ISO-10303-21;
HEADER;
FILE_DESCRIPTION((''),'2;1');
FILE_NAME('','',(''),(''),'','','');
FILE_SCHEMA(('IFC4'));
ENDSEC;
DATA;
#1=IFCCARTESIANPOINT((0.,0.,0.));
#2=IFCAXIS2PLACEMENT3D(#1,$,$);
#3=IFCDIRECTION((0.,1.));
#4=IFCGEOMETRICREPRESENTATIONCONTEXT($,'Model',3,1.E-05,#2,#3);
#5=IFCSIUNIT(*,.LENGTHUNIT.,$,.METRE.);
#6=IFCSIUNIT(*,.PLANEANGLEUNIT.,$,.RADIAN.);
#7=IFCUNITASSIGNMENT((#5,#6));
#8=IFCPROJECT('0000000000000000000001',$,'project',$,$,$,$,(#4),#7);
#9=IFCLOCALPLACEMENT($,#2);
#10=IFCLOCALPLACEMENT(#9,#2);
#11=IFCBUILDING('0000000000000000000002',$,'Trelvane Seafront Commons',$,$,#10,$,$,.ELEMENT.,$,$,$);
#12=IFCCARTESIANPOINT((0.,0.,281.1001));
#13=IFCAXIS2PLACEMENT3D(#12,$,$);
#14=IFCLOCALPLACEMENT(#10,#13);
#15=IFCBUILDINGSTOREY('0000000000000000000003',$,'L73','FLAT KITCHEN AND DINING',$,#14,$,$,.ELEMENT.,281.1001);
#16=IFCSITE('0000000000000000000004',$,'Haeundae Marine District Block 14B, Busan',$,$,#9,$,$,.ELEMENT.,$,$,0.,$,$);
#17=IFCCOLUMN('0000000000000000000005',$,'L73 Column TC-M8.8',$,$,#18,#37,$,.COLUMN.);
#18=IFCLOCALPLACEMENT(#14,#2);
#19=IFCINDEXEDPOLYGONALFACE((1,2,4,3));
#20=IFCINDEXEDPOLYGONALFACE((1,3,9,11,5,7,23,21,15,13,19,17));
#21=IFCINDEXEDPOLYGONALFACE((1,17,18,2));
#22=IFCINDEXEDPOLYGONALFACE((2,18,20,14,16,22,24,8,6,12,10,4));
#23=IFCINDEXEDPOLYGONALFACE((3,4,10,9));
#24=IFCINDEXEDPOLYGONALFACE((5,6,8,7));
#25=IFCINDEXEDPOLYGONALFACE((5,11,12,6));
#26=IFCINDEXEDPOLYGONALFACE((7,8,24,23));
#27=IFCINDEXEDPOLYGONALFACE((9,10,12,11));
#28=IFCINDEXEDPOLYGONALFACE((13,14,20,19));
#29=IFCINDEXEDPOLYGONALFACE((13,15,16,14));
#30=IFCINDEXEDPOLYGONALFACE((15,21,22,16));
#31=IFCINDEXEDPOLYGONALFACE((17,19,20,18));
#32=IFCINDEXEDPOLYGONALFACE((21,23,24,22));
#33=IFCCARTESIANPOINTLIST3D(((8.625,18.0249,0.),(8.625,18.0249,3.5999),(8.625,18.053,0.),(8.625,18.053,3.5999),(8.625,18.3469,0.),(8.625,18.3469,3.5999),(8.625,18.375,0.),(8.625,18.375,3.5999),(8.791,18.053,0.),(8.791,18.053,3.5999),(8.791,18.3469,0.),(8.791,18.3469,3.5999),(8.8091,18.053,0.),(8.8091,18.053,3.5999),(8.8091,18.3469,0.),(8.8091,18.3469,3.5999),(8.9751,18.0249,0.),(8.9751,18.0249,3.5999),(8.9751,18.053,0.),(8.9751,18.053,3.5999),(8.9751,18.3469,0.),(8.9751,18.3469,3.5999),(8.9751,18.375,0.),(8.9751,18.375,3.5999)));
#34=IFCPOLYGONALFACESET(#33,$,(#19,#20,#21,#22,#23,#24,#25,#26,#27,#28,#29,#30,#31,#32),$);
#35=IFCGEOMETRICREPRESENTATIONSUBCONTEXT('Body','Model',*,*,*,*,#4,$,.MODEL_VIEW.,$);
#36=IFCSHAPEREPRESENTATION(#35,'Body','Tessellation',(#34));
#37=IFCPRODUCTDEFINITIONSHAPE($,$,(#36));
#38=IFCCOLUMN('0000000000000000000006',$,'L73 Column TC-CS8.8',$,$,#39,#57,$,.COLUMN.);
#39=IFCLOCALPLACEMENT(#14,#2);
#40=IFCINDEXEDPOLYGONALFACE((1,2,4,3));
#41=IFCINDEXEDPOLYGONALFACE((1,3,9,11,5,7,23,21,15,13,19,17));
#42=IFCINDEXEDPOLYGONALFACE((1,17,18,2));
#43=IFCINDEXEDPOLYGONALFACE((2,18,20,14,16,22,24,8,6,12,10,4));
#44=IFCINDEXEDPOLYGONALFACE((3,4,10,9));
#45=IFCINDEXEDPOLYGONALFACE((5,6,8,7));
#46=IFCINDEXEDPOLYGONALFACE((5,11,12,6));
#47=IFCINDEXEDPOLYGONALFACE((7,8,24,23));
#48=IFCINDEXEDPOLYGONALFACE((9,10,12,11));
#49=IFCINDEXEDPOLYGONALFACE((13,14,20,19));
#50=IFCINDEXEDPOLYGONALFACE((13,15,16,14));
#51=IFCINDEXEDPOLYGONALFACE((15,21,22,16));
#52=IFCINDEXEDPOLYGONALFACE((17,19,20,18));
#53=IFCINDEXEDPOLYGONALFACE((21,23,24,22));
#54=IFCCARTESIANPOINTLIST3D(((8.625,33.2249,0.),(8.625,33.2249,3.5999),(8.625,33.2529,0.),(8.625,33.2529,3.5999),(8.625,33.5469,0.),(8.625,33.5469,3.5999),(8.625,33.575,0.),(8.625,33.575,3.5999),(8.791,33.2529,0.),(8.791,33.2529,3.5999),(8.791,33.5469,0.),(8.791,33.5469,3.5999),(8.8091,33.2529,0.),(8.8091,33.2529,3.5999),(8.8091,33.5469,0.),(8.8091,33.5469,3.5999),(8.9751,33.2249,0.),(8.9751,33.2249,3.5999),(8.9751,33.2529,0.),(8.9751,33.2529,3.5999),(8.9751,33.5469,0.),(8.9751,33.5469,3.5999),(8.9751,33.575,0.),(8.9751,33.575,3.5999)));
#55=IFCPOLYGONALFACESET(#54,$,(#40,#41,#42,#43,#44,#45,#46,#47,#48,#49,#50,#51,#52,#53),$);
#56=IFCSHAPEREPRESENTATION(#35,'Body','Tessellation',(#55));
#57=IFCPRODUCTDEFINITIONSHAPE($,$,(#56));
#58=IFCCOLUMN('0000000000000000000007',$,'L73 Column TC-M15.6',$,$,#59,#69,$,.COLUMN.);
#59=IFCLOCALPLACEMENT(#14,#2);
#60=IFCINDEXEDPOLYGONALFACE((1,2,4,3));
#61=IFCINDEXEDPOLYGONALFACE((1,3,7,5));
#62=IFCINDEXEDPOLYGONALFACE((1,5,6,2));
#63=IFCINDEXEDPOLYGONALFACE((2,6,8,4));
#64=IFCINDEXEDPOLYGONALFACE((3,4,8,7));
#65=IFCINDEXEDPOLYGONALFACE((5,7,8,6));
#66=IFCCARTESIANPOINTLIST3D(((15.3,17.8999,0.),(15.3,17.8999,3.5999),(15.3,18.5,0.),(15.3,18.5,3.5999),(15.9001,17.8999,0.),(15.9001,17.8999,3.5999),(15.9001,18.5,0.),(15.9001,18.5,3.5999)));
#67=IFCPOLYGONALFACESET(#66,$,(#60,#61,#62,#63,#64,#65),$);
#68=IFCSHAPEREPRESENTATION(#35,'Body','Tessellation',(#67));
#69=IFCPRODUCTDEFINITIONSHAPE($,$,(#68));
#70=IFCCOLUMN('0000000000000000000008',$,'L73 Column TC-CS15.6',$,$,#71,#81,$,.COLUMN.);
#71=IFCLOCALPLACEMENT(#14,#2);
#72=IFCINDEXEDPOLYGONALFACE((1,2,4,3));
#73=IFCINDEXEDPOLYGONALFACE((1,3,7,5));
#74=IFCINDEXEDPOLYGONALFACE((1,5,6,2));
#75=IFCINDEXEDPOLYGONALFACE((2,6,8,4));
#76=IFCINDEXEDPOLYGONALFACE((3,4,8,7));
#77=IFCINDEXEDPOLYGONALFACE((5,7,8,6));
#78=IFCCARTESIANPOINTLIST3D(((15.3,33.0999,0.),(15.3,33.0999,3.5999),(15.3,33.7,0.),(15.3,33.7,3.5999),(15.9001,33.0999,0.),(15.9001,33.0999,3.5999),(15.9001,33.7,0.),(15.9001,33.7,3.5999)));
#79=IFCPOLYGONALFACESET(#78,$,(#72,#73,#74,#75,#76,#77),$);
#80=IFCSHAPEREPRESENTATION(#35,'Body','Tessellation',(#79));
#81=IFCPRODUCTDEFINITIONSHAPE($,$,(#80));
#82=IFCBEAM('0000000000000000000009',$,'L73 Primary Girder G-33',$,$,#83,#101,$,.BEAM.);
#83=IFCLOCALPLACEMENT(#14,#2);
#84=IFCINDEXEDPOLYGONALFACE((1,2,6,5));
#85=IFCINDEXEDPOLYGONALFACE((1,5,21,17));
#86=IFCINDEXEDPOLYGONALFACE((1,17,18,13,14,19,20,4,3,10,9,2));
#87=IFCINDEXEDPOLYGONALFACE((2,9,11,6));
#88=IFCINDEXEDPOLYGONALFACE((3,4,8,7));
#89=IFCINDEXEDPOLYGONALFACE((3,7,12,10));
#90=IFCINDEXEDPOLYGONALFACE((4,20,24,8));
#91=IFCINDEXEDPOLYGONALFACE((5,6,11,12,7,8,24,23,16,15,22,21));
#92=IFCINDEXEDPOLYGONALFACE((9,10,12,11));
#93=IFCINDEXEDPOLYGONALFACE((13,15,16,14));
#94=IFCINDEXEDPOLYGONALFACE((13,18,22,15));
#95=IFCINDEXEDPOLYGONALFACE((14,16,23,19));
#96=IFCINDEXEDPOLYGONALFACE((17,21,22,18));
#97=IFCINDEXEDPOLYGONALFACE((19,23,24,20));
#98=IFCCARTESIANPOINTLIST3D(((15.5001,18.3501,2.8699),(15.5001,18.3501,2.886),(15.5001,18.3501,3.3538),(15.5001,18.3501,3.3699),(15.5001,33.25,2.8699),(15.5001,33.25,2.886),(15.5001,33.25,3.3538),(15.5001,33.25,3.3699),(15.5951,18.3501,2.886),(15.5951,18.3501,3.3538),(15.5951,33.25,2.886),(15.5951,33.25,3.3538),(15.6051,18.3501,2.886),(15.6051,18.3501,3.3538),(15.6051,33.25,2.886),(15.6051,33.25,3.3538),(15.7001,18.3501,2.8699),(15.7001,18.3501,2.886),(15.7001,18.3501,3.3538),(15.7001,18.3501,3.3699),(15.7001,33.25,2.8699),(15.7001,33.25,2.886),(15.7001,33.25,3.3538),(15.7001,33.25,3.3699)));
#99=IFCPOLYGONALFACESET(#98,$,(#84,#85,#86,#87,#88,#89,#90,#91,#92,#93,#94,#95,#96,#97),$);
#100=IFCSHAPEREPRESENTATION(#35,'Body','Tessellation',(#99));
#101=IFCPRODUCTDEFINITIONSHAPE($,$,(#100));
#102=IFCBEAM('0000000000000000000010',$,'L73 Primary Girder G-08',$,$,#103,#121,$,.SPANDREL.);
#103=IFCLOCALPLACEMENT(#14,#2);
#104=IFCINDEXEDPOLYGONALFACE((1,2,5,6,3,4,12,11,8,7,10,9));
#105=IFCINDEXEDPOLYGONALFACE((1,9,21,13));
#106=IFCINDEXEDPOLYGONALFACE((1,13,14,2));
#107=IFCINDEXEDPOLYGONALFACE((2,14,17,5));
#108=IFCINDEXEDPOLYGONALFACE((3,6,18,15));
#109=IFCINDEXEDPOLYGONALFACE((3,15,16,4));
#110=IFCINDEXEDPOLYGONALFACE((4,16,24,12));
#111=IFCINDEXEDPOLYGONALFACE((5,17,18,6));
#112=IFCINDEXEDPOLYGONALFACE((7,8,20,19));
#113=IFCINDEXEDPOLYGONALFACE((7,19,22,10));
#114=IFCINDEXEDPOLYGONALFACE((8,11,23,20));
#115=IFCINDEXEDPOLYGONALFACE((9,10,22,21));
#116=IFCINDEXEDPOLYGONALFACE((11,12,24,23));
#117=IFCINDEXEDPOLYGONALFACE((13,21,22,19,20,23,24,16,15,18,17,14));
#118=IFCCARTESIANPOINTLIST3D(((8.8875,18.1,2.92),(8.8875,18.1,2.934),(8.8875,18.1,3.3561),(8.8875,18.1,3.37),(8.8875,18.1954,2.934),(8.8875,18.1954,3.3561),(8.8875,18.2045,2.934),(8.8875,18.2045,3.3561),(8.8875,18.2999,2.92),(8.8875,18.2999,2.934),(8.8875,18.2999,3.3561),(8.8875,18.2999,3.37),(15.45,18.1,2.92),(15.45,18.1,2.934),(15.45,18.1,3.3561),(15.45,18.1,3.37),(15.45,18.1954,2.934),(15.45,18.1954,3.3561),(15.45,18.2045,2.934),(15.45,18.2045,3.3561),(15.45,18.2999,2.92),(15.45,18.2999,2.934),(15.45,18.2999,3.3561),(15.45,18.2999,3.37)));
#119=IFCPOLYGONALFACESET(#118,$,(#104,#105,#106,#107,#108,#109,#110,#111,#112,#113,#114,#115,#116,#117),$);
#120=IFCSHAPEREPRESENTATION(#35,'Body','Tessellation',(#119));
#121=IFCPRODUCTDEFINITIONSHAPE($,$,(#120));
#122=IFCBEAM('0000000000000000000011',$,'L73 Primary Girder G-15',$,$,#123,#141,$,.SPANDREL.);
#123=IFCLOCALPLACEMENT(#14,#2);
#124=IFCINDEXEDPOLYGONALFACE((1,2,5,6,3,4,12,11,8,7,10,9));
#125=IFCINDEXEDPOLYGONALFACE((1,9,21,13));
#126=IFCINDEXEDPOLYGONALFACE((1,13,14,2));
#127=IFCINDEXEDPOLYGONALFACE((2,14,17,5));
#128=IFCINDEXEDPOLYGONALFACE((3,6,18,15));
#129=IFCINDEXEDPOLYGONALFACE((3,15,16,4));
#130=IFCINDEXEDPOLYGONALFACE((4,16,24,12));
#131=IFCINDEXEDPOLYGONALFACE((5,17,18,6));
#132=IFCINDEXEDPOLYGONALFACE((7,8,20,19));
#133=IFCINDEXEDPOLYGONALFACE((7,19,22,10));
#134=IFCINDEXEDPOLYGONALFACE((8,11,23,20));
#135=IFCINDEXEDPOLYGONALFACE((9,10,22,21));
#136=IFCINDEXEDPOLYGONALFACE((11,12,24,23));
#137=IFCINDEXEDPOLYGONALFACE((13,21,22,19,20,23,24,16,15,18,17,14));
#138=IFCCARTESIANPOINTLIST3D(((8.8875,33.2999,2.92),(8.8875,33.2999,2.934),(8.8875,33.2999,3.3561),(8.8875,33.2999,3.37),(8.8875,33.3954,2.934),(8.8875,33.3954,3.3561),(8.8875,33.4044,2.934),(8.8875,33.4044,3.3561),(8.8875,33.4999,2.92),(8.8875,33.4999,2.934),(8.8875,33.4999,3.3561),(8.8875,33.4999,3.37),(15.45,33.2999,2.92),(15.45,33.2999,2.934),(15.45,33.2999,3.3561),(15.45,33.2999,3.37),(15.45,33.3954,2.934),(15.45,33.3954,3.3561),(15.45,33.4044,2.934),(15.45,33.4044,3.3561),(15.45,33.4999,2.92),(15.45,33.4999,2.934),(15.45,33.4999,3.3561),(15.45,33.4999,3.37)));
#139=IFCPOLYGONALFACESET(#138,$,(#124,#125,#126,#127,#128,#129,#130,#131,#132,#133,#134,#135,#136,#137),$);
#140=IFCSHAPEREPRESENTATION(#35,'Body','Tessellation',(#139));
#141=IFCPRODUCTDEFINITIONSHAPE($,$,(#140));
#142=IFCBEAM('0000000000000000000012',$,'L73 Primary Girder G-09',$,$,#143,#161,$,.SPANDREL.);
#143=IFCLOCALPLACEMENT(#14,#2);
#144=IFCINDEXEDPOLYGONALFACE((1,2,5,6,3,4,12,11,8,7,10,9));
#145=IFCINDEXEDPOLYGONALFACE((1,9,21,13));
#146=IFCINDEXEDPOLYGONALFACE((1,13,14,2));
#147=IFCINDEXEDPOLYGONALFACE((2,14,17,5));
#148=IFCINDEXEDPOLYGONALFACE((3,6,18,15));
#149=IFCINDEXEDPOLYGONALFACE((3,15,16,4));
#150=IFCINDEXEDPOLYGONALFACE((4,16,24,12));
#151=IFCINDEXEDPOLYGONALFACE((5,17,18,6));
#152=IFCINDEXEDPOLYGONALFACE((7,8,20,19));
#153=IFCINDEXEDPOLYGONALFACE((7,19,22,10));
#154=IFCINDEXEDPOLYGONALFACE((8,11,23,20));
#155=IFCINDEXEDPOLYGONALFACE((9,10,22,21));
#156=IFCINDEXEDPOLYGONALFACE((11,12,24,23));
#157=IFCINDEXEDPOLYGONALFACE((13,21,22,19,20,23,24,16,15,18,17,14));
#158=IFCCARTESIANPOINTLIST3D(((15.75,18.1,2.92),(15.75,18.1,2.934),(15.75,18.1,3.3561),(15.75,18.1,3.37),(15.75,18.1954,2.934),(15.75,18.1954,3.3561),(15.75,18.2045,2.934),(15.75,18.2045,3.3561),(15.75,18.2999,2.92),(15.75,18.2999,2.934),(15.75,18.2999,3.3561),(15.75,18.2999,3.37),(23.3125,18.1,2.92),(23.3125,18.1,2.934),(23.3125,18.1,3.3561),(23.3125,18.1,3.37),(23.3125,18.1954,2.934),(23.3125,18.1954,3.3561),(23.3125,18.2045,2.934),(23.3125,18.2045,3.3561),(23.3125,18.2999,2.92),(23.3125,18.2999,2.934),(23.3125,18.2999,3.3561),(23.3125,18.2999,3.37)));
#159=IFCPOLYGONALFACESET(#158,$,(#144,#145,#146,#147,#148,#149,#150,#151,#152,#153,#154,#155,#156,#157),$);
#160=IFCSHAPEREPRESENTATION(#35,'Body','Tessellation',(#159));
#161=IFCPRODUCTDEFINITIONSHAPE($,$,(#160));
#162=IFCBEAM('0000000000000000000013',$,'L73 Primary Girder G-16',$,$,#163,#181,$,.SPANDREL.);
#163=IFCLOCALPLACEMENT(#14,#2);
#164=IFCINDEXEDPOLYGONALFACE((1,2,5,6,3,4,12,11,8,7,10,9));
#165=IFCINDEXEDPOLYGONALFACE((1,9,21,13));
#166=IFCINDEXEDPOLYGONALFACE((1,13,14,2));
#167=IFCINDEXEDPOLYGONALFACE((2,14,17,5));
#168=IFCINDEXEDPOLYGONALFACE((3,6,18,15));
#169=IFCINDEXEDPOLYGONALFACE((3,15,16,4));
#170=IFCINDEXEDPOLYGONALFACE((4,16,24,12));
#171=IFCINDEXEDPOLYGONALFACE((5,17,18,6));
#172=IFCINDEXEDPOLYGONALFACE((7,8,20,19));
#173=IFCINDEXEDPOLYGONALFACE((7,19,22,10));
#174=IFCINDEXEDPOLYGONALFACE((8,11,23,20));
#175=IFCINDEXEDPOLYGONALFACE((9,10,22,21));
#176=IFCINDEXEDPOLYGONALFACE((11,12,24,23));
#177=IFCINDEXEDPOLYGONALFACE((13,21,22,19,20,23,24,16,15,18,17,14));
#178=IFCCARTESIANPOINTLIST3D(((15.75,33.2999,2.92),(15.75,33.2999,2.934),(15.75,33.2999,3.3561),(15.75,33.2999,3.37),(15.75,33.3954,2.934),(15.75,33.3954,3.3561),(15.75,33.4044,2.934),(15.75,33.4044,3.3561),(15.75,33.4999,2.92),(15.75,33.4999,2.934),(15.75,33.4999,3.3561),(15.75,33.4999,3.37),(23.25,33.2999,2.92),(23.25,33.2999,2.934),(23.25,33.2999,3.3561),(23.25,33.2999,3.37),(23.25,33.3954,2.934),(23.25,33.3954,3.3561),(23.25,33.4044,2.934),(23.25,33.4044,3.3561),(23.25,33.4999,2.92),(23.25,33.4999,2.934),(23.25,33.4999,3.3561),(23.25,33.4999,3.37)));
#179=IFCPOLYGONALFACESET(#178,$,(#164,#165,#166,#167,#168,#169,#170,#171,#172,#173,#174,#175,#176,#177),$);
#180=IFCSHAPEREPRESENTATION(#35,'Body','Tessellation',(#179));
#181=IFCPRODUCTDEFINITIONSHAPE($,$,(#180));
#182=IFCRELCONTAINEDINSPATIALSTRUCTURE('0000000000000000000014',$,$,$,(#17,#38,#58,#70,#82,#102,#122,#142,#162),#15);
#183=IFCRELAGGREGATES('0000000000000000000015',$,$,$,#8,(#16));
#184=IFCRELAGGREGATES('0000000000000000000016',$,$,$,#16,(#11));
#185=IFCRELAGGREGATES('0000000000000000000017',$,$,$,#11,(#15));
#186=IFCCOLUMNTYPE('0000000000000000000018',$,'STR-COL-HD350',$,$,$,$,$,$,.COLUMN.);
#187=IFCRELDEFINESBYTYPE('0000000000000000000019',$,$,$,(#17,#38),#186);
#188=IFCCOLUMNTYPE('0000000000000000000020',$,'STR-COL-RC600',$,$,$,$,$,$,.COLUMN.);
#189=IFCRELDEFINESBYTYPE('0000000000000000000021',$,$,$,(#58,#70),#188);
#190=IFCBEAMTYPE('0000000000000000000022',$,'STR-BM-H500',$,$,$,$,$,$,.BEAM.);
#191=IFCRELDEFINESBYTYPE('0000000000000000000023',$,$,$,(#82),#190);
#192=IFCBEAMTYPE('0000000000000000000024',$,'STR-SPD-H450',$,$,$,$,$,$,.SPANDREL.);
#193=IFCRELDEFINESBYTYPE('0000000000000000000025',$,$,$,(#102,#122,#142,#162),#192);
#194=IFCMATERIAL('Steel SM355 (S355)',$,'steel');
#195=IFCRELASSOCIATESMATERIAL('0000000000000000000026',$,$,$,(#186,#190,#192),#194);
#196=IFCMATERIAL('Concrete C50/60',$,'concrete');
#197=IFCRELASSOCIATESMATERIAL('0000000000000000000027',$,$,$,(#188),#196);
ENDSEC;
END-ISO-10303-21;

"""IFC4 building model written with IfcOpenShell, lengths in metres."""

from ifc_helpers import new_model, si_unit, direction, frame, origin, origin_2d, place, context, subcontext, project, spatial, rectangle, i_section, extrude, source, transform, mapped, material, material_profile, profile_set, type_object, element, save


model = new_model("IFC4")

# Units and contexts
model_context = context("Model", 3, precision=1e-05, world=origin(), true_north=direction((0.0, 1.0)))
body_context = subcontext(model_context, "Body", "Model", "MODEL_VIEW")
ifc_project = project(units=[si_unit("LENGTHUNIT", "METRE"), si_unit("PLANEANGLEUNIT", "RADIAN")], contexts=[model_context])

# Site, building, storey
site_placement = place(None, origin())
site = spatial("IfcSite", under=ifc_project, at=site_placement, Name="Haeundae Marine District Block 14B, Busan", CompositionType="ELEMENT", RefElevation=0.0)
building_placement = place(site_placement, origin())
building = spatial("IfcBuilding", under=site, at=building_placement, Name="Trelvane Seafront Commons", CompositionType="ELEMENT")
storey_placement = place(building_placement, frame((0.0, 0.0, 281.1001)))
storey = spatial("IfcBuildingStorey", under=building, at=storey_placement, Name="L73", Description="FLAT KITCHEN AND DINING", CompositionType="ELEMENT", Elevation=281.1001)

# Columns
ifc_material_1 = material(Name="Steel SM355 (S355)", Category="steel")
ifc_material_profile_1 = material_profile(ifc_material_1, i_section(OverallWidth=0.3501, OverallDepth=0.3501, WebThickness=0.0181, FlangeThickness=0.0281, at=origin_2d()), Name="HD-350x350x18x28")
ifc_profile_set_1 = profile_set([ifc_material_profile_1], Name="Steel SM355 (S355)")
column_type_1 = type_object("IfcColumnType", Name="STR-COL-HD350", PredefinedType="COLUMN", material=ifc_profile_set_1)
shared_shape_1 = source(origin(), body_context, "Body", "SweptSolid", [
    extrude(i_section(OverallWidth=0.3501, OverallDepth=0.3501, WebThickness=0.0181, FlangeThickness=0.0281, at=origin_2d()), origin(), (0.0, 0.0, 1.0), 3.5999),
])
for number, where, z_axis, x_axis, name in (
    (1, (8.8, 18.2, 0.0), (0.0, 0.0, 1.0), (1.0, 0.0, 0.0), "L73 Column TC-M8.8"),
    (2, (8.8, 33.3999, 0.0), (0.0, 0.0, 1.0), (1.0, 0.0, 0.0), "L73 Column TC-CS8.8"),
):
    element("IfcColumn", number, at=place(storey_placement, frame(where, z_axis=z_axis, x_axis=x_axis)), inside=storey, type_object=column_type_1, Name=name, PredefinedType="COLUMN", context=body_context, shape_type="MappedRepresentation", body=[
        mapped(shared_shape_1, transform((0.0, 0.0, 0.0), x_axis=(1.0, 0.0, 0.0), y_axis=(0.0, 1.0, 0.0), z_axis=(0.0, 0.0, 1.0), scale=1.0)),
    ])
ifc_material_2 = material(Name="Concrete C50/60", Category="concrete")
ifc_material_profile_2 = material_profile(ifc_material_2, rectangle(XDim=0.6001, YDim=0.6001, at=origin_2d()), Name="RC-600x600")
ifc_profile_set_2 = profile_set([ifc_material_profile_2], Name="Concrete C50/60")
column_type_2 = type_object("IfcColumnType", Name="STR-COL-RC600", PredefinedType="COLUMN", material=ifc_profile_set_2)
shared_shape_2 = source(origin(), body_context, "Body", "SweptSolid", [
    extrude(rectangle(XDim=0.6001, YDim=0.6001, at=origin_2d()), origin(), (0.0, 0.0, 1.0), 3.5999),
])
for number, where, z_axis, x_axis, name in (
    (3, (15.6001, 18.2, 0.0), (0.0, 0.0, 1.0), (1.0, 0.0, 0.0), "L73 Column TC-M15.6"),
    (4, (15.6001, 33.3999, 0.0), (0.0, 0.0, 1.0), (1.0, 0.0, 0.0), "L73 Column TC-CS15.6"),
):
    element("IfcColumn", number, at=place(storey_placement, frame(where, z_axis=z_axis, x_axis=x_axis)), inside=storey, type_object=column_type_2, Name=name, PredefinedType="COLUMN", context=body_context, shape_type="MappedRepresentation", body=[
        mapped(shared_shape_2, transform((0.0, 0.0, 0.0), x_axis=(1.0, 0.0, 0.0), y_axis=(0.0, 1.0, 0.0), z_axis=(0.0, 0.0, 1.0), scale=1.0)),
    ])

# Beams
ifc_material_profile_3 = material_profile(ifc_material_1, i_section(OverallWidth=0.2, OverallDepth=0.5, WebThickness=0.01, FlangeThickness=0.0161, at=origin_2d()), Name="H-500x200x10x16")
ifc_profile_set_3 = profile_set([ifc_material_profile_3], Name="Steel SM355 (S355)")
beam_type_1 = type_object("IfcBeamType", Name="STR-BM-H500", PredefinedType="BEAM", material=ifc_profile_set_3)
shared_shape_3 = source(origin(), body_context, "Body", "SweptSolid", [
    extrude(i_section(OverallWidth=0.2, OverallDepth=0.5, WebThickness=0.01, FlangeThickness=0.0161, at=origin_2d()), origin(), (0.0, 0.0, 1.0), 14.8999),
])
beam_1_placement = place(storey_placement, frame((15.6001, 18.3501, 3.1199), z_axis=(0.0, 1.0, 0.0), x_axis=(-1.0, 0.0, 0.0)))
element("IfcBeam", 5, at=beam_1_placement, inside=storey, type_object=beam_type_1, Name="L73 Primary Girder G-33", PredefinedType="BEAM", context=body_context, shape_type="MappedRepresentation", body=[
    mapped(shared_shape_3, transform((0.0, 0.0, 0.0), x_axis=(1.0, 0.0, 0.0), y_axis=(0.0, 1.0, 0.0), z_axis=(0.0, 0.0, 1.0), scale=1.0)),
])
ifc_material_profile_4 = material_profile(ifc_material_1, i_section(OverallWidth=0.2, OverallDepth=0.45, WebThickness=0.009, FlangeThickness=0.0139, at=origin_2d()), Name="H-450x200x9x14")
ifc_profile_set_4 = profile_set([ifc_material_profile_4], Name="Steel SM355 (S355)")
beam_type_2 = type_object("IfcBeamType", Name="STR-SPD-H450", PredefinedType="SPANDREL", material=ifc_profile_set_4)
shared_shape_4 = source(origin(), body_context, "Body", "SweptSolid", [
    extrude(i_section(OverallWidth=0.2, OverallDepth=0.45, WebThickness=0.009, FlangeThickness=0.0139, at=origin_2d()), origin(), (0.0, 0.0, 1.0), 6.5625),
])
for number, where, z_axis, x_axis, name in (
    (6, (8.8875, 18.2, 3.145), (1.0, 0.0, 0.0), (0.0, 1.0, 0.0), "L73 Primary Girder G-08"),
    (7, (8.8875, 33.3999, 3.145), (1.0, 0.0, 0.0), (0.0, 1.0, 0.0), "L73 Primary Girder G-15"),
):
    element("IfcBeam", number, at=place(storey_placement, frame(where, z_axis=z_axis, x_axis=x_axis)), inside=storey, type_object=beam_type_2, Name=name, PredefinedType="SPANDREL", context=body_context, shape_type="MappedRepresentation", body=[
        mapped(shared_shape_4, transform((0.0, 0.0, 0.0), x_axis=(1.0, 0.0, 0.0), y_axis=(0.0, 1.0, 0.0), z_axis=(0.0, 0.0, 1.0), scale=1.0)),
    ])
shared_shape_5 = source(origin(), body_context, "Body", "SweptSolid", [
    extrude(i_section(OverallWidth=0.2, OverallDepth=0.45, WebThickness=0.009, FlangeThickness=0.0139, at=origin_2d()), origin(), (0.0, 0.0, 1.0), 7.5625),
])
beam_2_placement = place(storey_placement, frame((15.75, 18.2, 3.145), z_axis=(1.0, 0.0, 0.0), x_axis=(0.0, 1.0, 0.0)))
element("IfcBeam", 8, at=beam_2_placement, inside=storey, type_object=beam_type_2, Name="L73 Primary Girder G-09", PredefinedType="SPANDREL", context=body_context, shape_type="MappedRepresentation", body=[
    mapped(shared_shape_5, transform((0.0, 0.0, 0.0), x_axis=(1.0, 0.0, 0.0), y_axis=(0.0, 1.0, 0.0), z_axis=(0.0, 0.0, 1.0), scale=1.0)),
])
shared_shape_6 = source(origin(), body_context, "Body", "SweptSolid", [
    extrude(i_section(OverallWidth=0.2, OverallDepth=0.45, WebThickness=0.009, FlangeThickness=0.0139, at=origin_2d()), origin(), (0.0, 0.0, 1.0), 7.5),
])
beam_3_placement = place(storey_placement, frame((15.75, 33.3999, 3.145), z_axis=(1.0, 0.0, 0.0), x_axis=(0.0, 1.0, 0.0)))
element("IfcBeam", 9, at=beam_3_placement, inside=storey, type_object=beam_type_2, Name="L73 Primary Girder G-16", PredefinedType="SPANDREL", context=body_context, shape_type="MappedRepresentation", body=[
    mapped(shared_shape_6, transform((0.0, 0.0, 0.0), x_axis=(1.0, 0.0, 0.0), y_axis=(0.0, 1.0, 0.0), z_axis=(0.0, 0.0, 1.0), scale=1.0)),
])

save(model, "model.ifc")
